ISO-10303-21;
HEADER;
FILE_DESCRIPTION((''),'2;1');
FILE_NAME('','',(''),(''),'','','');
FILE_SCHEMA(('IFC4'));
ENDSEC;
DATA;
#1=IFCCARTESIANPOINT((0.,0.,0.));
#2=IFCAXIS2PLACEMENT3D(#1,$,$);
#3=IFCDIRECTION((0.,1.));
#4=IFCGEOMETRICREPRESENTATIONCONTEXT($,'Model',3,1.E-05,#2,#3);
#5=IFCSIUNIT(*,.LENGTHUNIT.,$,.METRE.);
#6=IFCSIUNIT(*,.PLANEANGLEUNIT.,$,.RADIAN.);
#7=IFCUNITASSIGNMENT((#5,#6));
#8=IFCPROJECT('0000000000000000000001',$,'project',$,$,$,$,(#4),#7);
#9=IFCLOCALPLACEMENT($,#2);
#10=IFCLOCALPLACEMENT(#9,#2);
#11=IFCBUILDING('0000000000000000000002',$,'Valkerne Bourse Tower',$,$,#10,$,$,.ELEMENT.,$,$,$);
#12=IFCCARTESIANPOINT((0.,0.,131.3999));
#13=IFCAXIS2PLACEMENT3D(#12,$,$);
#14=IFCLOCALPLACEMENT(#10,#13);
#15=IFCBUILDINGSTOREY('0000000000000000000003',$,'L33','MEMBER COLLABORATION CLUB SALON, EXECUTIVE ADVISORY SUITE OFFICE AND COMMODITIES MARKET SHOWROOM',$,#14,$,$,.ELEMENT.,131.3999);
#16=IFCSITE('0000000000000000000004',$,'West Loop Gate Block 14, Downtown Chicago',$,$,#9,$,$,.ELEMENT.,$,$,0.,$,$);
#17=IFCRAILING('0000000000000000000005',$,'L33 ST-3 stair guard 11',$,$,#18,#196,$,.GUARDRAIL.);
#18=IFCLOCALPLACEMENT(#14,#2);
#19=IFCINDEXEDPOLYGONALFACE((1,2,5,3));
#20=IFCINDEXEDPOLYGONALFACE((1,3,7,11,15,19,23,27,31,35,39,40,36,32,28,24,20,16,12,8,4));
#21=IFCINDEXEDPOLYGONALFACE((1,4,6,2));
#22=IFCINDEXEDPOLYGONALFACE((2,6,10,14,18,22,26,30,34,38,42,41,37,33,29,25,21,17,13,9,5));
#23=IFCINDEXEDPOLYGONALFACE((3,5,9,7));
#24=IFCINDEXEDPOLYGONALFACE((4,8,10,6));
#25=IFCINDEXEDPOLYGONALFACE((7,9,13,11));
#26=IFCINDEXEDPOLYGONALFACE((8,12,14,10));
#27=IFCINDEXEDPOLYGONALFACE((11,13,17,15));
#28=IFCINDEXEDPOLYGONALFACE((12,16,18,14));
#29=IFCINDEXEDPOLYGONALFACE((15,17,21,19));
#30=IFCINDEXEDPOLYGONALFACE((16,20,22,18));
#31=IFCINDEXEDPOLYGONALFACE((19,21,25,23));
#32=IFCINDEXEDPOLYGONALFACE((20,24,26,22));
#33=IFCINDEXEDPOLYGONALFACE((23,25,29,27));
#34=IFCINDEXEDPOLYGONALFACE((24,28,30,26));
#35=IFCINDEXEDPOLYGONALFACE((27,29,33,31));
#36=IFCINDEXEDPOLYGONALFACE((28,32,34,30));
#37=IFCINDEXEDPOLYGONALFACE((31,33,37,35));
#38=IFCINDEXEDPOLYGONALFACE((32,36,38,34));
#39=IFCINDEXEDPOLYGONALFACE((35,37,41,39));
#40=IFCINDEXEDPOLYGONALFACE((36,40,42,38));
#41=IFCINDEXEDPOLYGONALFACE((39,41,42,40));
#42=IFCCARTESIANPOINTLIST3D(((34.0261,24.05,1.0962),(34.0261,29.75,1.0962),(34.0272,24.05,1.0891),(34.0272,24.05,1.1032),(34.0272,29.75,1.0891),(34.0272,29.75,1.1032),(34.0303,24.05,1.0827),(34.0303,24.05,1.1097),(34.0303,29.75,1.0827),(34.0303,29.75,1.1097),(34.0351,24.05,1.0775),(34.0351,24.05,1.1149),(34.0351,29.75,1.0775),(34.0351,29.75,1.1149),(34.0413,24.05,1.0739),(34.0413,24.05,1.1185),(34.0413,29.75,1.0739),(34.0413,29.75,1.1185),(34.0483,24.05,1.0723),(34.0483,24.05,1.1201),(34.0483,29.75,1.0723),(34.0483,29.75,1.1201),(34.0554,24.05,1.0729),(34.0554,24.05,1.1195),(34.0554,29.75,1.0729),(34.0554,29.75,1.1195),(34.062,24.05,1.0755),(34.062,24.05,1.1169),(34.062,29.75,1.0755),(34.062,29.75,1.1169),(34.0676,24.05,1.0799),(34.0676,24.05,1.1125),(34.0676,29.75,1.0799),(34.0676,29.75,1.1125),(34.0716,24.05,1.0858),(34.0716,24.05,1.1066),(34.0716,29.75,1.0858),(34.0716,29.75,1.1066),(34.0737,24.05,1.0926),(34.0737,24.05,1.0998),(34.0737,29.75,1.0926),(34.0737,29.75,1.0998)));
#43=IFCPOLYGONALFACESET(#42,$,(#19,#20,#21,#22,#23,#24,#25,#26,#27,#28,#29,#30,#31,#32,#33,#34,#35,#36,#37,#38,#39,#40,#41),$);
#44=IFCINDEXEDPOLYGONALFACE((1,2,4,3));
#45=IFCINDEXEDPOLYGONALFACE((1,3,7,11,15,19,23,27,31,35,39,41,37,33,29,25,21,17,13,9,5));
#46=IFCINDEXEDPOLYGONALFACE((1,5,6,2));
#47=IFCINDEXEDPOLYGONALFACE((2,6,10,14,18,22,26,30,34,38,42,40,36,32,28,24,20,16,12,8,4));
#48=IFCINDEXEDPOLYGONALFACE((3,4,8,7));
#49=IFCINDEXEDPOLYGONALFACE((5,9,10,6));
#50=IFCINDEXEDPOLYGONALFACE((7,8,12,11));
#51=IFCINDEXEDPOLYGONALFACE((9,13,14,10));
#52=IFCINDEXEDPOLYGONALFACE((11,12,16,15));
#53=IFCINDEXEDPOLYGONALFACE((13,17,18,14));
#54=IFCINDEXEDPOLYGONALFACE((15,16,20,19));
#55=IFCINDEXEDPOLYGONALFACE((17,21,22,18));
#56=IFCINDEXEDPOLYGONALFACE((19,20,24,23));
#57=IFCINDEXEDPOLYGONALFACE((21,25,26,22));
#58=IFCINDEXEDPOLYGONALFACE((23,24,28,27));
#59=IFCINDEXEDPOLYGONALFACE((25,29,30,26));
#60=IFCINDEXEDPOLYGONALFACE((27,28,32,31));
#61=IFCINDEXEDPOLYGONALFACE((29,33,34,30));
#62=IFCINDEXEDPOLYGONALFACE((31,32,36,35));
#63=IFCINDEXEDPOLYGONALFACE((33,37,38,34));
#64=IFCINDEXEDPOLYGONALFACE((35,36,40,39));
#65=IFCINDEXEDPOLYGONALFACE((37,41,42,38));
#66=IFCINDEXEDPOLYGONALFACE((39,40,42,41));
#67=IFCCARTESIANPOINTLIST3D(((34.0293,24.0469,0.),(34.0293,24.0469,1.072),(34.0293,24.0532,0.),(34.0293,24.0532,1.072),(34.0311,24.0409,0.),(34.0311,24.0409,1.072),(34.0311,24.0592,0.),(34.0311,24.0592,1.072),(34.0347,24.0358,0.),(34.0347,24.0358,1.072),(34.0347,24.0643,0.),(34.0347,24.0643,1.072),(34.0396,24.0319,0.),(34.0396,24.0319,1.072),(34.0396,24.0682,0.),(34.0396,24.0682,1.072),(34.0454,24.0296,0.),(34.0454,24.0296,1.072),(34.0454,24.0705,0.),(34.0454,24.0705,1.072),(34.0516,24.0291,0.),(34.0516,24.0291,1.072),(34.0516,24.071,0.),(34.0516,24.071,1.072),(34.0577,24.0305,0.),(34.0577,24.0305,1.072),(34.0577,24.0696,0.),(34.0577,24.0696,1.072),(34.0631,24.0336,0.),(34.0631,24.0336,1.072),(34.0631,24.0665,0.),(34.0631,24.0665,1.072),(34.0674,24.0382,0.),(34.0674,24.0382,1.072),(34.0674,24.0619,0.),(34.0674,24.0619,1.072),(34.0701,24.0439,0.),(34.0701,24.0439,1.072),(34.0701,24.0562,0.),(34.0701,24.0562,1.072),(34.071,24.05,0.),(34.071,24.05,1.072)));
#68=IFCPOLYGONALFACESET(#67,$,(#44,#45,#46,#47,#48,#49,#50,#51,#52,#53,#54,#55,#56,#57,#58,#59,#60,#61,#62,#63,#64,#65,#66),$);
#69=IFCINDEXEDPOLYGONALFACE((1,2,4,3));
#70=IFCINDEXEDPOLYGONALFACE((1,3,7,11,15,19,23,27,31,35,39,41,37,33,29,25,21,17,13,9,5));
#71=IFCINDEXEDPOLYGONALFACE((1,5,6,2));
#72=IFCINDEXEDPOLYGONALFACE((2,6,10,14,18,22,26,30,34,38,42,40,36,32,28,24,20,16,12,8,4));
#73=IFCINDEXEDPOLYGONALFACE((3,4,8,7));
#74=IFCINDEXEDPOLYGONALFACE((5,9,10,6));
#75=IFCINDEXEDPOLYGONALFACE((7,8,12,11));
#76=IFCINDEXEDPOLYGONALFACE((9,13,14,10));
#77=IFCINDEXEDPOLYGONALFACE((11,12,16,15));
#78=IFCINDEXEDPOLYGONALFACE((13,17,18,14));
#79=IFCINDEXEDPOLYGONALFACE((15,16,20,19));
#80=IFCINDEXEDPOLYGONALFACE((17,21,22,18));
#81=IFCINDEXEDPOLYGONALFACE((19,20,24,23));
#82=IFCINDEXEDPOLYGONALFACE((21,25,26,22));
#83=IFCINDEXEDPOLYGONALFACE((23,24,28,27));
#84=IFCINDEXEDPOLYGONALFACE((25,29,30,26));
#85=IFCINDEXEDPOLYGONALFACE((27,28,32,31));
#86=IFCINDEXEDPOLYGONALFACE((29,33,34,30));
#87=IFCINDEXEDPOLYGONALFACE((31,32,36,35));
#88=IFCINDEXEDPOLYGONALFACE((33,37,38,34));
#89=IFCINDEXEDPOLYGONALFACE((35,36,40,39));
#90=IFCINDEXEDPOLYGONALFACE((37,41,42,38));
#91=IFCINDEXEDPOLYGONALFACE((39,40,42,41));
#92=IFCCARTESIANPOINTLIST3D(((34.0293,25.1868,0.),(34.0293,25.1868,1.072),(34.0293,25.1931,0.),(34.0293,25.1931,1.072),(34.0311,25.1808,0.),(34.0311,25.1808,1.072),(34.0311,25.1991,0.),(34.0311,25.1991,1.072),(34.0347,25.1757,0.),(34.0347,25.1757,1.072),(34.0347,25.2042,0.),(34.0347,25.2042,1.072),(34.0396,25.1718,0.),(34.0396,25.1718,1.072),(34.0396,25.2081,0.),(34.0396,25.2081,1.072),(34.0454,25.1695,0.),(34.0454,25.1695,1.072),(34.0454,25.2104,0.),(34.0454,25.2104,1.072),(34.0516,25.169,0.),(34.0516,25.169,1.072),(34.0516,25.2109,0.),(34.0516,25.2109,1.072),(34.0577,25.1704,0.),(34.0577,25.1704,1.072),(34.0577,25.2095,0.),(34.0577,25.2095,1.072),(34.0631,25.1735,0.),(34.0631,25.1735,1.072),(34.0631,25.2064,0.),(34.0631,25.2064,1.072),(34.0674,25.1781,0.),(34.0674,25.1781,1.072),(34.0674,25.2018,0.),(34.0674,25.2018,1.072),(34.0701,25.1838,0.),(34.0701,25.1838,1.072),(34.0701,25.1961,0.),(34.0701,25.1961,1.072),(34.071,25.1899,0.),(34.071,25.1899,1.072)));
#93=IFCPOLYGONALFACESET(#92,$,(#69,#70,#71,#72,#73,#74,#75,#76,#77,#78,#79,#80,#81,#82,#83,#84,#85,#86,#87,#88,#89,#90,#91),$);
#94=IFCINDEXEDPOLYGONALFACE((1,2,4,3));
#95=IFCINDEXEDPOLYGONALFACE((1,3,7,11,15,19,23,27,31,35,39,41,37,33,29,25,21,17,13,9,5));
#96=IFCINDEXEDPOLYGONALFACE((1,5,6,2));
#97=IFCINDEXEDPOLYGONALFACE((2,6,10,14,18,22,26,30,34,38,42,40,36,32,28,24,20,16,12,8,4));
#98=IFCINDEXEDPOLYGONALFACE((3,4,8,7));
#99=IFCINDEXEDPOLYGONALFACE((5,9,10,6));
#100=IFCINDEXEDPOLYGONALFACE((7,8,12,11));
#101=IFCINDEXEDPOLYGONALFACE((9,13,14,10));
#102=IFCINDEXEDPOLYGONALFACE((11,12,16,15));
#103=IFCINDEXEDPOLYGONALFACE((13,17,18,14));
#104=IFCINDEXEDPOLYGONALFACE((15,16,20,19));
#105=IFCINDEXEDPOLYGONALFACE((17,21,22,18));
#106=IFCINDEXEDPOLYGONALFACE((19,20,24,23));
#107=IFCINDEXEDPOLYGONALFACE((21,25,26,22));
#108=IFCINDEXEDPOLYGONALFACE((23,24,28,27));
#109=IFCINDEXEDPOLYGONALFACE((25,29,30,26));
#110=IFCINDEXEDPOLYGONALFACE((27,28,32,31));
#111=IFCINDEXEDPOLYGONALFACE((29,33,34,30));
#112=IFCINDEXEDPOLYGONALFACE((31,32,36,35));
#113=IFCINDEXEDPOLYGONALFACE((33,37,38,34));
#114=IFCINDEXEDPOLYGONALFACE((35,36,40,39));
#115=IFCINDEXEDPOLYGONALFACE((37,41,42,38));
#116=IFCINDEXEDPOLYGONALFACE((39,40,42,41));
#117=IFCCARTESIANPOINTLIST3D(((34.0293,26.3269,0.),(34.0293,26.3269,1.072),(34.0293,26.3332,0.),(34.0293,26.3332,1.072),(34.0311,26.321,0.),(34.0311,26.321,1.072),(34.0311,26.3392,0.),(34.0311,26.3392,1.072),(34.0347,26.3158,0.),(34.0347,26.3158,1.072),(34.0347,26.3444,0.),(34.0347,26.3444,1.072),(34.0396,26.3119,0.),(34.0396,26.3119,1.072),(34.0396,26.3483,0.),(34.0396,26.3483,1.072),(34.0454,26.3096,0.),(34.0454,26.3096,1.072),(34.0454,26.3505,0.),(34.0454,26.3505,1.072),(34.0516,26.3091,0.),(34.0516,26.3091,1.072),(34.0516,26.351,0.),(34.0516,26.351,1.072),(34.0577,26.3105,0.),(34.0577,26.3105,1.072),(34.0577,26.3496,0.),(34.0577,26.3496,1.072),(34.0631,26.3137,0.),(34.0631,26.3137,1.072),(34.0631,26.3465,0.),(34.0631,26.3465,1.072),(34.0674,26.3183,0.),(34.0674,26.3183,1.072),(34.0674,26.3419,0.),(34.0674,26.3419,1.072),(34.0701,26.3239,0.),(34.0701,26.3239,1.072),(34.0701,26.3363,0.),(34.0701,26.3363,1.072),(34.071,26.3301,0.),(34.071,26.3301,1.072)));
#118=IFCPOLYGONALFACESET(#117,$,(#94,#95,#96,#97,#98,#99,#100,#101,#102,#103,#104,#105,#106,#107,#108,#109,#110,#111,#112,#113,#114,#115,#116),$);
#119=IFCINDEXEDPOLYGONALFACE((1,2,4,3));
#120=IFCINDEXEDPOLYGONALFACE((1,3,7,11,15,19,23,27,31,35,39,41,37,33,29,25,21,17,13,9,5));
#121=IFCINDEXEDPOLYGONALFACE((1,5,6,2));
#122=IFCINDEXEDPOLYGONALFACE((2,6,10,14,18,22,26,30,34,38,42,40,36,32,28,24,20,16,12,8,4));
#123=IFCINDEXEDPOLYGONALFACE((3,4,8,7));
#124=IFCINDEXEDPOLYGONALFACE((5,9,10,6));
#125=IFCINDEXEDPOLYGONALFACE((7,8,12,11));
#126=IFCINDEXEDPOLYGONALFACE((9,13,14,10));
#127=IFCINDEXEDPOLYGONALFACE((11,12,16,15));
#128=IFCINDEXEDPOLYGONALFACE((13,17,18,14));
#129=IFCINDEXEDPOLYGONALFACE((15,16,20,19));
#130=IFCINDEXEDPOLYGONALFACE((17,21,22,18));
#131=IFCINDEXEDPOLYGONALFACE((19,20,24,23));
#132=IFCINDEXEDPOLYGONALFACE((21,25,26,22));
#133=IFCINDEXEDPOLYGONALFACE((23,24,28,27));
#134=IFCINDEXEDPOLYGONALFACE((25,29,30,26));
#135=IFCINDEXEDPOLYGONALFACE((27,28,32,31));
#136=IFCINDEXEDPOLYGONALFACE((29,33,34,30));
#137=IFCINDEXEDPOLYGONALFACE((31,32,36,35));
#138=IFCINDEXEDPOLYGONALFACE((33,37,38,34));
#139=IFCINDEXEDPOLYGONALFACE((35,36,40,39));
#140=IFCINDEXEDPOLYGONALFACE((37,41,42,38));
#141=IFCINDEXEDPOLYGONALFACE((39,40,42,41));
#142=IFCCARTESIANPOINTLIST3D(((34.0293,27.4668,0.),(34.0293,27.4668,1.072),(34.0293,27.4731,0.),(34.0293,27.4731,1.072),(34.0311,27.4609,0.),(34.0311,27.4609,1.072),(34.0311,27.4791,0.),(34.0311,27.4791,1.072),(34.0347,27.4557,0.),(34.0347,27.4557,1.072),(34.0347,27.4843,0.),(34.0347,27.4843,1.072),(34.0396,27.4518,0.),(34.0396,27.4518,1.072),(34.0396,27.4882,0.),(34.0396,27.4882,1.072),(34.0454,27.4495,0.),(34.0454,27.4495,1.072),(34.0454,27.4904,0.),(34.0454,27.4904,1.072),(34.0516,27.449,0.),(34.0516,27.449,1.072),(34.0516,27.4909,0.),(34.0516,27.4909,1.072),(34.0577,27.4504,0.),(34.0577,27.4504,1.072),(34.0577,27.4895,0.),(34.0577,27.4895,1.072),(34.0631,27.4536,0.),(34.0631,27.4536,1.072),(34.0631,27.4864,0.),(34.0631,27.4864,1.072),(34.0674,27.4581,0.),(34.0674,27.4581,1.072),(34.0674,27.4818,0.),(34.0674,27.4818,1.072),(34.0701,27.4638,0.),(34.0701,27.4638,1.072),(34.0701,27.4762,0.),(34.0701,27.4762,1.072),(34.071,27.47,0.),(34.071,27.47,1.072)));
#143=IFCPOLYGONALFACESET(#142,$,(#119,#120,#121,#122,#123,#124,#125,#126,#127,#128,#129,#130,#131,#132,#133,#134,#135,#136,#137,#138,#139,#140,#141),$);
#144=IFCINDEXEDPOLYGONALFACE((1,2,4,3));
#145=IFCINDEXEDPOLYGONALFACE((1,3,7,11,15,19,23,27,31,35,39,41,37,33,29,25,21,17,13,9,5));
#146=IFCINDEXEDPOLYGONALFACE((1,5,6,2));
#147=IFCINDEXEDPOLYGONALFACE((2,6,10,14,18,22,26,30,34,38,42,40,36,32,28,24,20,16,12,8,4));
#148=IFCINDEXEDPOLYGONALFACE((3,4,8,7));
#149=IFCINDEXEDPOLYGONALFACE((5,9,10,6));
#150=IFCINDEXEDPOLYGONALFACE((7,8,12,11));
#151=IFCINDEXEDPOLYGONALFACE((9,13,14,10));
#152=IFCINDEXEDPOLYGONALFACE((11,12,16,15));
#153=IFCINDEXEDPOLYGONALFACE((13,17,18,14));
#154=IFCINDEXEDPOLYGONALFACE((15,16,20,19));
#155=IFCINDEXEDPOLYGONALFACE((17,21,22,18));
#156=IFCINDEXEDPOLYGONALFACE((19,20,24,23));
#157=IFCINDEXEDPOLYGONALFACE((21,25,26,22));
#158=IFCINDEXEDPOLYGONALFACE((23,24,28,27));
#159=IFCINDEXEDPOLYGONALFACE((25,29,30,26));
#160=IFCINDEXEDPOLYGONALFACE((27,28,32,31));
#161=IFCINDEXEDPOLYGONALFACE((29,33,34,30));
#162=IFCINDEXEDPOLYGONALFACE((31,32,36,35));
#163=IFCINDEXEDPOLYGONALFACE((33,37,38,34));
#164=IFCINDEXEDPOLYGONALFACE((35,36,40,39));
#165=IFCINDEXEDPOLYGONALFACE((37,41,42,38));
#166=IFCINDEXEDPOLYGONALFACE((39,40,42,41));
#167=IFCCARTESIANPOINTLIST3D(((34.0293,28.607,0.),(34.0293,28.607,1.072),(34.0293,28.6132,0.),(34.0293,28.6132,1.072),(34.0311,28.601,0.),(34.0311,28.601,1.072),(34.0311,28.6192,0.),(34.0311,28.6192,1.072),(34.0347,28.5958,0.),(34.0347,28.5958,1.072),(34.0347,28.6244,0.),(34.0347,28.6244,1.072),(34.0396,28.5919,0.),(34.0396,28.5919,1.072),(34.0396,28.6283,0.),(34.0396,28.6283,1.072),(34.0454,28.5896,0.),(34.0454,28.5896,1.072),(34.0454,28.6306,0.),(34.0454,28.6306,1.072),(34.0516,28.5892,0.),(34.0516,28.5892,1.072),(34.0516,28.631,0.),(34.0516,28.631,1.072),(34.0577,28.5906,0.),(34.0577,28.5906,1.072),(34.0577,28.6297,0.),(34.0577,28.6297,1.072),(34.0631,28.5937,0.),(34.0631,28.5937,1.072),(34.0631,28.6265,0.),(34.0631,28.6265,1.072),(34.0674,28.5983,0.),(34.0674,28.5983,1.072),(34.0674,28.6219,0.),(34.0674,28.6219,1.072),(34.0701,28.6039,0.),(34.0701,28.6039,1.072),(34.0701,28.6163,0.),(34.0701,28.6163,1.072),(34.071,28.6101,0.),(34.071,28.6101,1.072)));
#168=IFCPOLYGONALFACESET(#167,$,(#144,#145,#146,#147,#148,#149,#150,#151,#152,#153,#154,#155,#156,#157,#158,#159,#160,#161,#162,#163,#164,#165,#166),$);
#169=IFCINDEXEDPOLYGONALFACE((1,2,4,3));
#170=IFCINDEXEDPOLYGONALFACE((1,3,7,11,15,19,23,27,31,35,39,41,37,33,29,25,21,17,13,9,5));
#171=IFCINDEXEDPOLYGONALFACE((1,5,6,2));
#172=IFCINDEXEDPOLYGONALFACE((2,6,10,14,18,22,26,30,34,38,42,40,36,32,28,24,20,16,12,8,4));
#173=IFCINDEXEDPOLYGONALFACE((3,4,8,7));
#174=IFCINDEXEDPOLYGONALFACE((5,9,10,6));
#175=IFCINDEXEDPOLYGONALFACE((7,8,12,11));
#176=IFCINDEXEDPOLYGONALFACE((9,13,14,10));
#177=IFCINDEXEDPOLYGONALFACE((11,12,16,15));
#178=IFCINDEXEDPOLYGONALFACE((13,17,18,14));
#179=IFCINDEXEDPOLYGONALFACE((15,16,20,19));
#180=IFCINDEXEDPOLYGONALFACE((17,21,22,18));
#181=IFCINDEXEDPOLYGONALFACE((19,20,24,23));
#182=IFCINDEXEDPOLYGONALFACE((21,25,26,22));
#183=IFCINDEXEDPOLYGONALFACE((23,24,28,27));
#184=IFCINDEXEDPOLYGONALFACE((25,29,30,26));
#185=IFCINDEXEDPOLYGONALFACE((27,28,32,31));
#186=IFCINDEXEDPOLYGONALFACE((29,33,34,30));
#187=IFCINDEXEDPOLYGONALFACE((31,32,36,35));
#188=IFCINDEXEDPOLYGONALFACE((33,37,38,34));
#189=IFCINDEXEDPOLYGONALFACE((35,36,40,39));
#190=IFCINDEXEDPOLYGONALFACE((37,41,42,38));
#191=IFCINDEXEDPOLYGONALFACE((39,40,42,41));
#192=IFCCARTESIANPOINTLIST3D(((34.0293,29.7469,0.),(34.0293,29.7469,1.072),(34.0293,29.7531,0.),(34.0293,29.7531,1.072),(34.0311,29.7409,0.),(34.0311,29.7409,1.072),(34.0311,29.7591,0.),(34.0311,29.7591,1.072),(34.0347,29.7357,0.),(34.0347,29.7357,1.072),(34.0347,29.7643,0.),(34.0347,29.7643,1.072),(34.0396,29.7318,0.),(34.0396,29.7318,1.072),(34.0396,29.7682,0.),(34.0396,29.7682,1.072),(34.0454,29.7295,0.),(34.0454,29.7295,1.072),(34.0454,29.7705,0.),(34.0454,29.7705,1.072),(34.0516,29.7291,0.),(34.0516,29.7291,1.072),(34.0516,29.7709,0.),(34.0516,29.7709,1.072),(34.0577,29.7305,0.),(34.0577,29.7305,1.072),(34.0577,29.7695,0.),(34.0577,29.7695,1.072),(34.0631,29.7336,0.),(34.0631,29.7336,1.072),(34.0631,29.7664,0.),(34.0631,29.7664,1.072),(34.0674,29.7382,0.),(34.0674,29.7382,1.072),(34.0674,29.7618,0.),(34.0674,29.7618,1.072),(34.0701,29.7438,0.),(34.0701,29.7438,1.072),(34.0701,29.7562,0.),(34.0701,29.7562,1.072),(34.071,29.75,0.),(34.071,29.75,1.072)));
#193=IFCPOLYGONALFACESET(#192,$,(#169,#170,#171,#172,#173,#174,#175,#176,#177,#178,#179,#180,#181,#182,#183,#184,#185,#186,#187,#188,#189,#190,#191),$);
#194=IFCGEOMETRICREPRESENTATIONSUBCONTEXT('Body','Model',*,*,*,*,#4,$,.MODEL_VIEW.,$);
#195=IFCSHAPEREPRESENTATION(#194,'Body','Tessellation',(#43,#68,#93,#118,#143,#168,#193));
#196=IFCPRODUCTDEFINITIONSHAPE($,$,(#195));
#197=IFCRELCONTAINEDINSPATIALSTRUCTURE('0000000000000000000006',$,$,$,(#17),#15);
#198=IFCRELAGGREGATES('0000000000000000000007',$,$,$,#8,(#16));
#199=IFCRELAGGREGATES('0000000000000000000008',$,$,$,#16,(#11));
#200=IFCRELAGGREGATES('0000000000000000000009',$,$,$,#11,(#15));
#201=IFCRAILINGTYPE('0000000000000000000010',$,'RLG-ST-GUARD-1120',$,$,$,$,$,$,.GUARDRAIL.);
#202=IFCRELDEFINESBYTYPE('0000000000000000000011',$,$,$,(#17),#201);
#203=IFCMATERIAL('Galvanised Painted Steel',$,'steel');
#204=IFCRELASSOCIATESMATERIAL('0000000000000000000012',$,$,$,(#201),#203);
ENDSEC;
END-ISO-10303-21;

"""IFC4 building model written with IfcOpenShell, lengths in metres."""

from ifc_helpers import new_model, si_unit, direction, frame, origin, origin_2d, place, context, subcontext, project, spatial, circle, extrude, material, type_object, element, save


model = new_model("IFC4")

# Units and contexts
model_context = context("Model", 3, precision=1e-05, world=origin(), true_north=direction((0.0, 1.0)))
body_context = subcontext(model_context, "Body", "Model", "MODEL_VIEW")
ifc_project = project(units=[si_unit("LENGTHUNIT", "METRE"), si_unit("PLANEANGLEUNIT", "RADIAN")], contexts=[model_context])

# Site, building, storey
site_placement = place(None, origin())
site = spatial("IfcSite", under=ifc_project, at=site_placement, Name="West Loop Gate Block 14, Downtown Chicago", CompositionType="ELEMENT", RefElevation=0.0)
building_placement = place(site_placement, origin())
building = spatial("IfcBuilding", under=site, at=building_placement, Name="Valkerne Bourse Tower", CompositionType="ELEMENT")
storey_placement = place(building_placement, frame((0.0, 0.0, 131.3999)))
storey = spatial("IfcBuildingStorey", under=building, at=storey_placement, Name="L33", Description="MEMBER COLLABORATION CLUB SALON, EXECUTIVE ADVISORY SUITE OFFICE AND COMMODITIES MARKET SHOWROOM", CompositionType="ELEMENT", Elevation=131.3999)

# Shared definitions
ifc_material_1 = material(Name="Galvanised Painted Steel", Category="steel")

# Railing
railing_type_1 = type_object("IfcRailingType", Name="RLG-ST-GUARD-1120", PredefinedType="GUARDRAIL", material=ifc_material_1)
for number, where, name in (
    (1, (34.05, 24.05, 0.0), "L33 ST-3 stair guard 11"),
):
    element("IfcRailing", number, at=place(storey_placement, frame(where)), inside=storey, type_object=railing_type_1, Name=name, PredefinedType="GUARDRAIL", context=body_context, shape_type="SweptSolid", body=[
        extrude(circle(Radius=0.0239, at=origin_2d()), frame((0.0, 0.0, 1.0962), z_axis=(0.0, 1.0, 0.0), x_axis=(-1.0, 0.0, 0.0)), (0.0, 0.0, 1.0), 5.7),
        extrude(circle(Radius=0.021, at=origin_2d()), origin(), (0.0, 0.0, 1.0), 1.072),
        extrude(circle(Radius=0.021, at=origin_2d()), frame((0.0, 1.1399, 0.0)), (0.0, 0.0, 1.0), 1.072),
        extrude(circle(Radius=0.021, at=origin_2d()), frame((0.0, 2.28, 0.0)), (0.0, 0.0, 1.0), 1.072),
        extrude(circle(Radius=0.021, at=origin_2d()), frame((0.0, 3.4199, 0.0)), (0.0, 0.0, 1.0), 1.072),
        extrude(circle(Radius=0.021, at=origin_2d()), frame((0.0, 4.5601, 0.0)), (0.0, 0.0, 1.0), 1.072),
        extrude(circle(Radius=0.021, at=origin_2d()), frame((0.0, 5.7, 0.0)), (0.0, 0.0, 1.0), 1.072),
    ])

save(model, "model.ifc")
